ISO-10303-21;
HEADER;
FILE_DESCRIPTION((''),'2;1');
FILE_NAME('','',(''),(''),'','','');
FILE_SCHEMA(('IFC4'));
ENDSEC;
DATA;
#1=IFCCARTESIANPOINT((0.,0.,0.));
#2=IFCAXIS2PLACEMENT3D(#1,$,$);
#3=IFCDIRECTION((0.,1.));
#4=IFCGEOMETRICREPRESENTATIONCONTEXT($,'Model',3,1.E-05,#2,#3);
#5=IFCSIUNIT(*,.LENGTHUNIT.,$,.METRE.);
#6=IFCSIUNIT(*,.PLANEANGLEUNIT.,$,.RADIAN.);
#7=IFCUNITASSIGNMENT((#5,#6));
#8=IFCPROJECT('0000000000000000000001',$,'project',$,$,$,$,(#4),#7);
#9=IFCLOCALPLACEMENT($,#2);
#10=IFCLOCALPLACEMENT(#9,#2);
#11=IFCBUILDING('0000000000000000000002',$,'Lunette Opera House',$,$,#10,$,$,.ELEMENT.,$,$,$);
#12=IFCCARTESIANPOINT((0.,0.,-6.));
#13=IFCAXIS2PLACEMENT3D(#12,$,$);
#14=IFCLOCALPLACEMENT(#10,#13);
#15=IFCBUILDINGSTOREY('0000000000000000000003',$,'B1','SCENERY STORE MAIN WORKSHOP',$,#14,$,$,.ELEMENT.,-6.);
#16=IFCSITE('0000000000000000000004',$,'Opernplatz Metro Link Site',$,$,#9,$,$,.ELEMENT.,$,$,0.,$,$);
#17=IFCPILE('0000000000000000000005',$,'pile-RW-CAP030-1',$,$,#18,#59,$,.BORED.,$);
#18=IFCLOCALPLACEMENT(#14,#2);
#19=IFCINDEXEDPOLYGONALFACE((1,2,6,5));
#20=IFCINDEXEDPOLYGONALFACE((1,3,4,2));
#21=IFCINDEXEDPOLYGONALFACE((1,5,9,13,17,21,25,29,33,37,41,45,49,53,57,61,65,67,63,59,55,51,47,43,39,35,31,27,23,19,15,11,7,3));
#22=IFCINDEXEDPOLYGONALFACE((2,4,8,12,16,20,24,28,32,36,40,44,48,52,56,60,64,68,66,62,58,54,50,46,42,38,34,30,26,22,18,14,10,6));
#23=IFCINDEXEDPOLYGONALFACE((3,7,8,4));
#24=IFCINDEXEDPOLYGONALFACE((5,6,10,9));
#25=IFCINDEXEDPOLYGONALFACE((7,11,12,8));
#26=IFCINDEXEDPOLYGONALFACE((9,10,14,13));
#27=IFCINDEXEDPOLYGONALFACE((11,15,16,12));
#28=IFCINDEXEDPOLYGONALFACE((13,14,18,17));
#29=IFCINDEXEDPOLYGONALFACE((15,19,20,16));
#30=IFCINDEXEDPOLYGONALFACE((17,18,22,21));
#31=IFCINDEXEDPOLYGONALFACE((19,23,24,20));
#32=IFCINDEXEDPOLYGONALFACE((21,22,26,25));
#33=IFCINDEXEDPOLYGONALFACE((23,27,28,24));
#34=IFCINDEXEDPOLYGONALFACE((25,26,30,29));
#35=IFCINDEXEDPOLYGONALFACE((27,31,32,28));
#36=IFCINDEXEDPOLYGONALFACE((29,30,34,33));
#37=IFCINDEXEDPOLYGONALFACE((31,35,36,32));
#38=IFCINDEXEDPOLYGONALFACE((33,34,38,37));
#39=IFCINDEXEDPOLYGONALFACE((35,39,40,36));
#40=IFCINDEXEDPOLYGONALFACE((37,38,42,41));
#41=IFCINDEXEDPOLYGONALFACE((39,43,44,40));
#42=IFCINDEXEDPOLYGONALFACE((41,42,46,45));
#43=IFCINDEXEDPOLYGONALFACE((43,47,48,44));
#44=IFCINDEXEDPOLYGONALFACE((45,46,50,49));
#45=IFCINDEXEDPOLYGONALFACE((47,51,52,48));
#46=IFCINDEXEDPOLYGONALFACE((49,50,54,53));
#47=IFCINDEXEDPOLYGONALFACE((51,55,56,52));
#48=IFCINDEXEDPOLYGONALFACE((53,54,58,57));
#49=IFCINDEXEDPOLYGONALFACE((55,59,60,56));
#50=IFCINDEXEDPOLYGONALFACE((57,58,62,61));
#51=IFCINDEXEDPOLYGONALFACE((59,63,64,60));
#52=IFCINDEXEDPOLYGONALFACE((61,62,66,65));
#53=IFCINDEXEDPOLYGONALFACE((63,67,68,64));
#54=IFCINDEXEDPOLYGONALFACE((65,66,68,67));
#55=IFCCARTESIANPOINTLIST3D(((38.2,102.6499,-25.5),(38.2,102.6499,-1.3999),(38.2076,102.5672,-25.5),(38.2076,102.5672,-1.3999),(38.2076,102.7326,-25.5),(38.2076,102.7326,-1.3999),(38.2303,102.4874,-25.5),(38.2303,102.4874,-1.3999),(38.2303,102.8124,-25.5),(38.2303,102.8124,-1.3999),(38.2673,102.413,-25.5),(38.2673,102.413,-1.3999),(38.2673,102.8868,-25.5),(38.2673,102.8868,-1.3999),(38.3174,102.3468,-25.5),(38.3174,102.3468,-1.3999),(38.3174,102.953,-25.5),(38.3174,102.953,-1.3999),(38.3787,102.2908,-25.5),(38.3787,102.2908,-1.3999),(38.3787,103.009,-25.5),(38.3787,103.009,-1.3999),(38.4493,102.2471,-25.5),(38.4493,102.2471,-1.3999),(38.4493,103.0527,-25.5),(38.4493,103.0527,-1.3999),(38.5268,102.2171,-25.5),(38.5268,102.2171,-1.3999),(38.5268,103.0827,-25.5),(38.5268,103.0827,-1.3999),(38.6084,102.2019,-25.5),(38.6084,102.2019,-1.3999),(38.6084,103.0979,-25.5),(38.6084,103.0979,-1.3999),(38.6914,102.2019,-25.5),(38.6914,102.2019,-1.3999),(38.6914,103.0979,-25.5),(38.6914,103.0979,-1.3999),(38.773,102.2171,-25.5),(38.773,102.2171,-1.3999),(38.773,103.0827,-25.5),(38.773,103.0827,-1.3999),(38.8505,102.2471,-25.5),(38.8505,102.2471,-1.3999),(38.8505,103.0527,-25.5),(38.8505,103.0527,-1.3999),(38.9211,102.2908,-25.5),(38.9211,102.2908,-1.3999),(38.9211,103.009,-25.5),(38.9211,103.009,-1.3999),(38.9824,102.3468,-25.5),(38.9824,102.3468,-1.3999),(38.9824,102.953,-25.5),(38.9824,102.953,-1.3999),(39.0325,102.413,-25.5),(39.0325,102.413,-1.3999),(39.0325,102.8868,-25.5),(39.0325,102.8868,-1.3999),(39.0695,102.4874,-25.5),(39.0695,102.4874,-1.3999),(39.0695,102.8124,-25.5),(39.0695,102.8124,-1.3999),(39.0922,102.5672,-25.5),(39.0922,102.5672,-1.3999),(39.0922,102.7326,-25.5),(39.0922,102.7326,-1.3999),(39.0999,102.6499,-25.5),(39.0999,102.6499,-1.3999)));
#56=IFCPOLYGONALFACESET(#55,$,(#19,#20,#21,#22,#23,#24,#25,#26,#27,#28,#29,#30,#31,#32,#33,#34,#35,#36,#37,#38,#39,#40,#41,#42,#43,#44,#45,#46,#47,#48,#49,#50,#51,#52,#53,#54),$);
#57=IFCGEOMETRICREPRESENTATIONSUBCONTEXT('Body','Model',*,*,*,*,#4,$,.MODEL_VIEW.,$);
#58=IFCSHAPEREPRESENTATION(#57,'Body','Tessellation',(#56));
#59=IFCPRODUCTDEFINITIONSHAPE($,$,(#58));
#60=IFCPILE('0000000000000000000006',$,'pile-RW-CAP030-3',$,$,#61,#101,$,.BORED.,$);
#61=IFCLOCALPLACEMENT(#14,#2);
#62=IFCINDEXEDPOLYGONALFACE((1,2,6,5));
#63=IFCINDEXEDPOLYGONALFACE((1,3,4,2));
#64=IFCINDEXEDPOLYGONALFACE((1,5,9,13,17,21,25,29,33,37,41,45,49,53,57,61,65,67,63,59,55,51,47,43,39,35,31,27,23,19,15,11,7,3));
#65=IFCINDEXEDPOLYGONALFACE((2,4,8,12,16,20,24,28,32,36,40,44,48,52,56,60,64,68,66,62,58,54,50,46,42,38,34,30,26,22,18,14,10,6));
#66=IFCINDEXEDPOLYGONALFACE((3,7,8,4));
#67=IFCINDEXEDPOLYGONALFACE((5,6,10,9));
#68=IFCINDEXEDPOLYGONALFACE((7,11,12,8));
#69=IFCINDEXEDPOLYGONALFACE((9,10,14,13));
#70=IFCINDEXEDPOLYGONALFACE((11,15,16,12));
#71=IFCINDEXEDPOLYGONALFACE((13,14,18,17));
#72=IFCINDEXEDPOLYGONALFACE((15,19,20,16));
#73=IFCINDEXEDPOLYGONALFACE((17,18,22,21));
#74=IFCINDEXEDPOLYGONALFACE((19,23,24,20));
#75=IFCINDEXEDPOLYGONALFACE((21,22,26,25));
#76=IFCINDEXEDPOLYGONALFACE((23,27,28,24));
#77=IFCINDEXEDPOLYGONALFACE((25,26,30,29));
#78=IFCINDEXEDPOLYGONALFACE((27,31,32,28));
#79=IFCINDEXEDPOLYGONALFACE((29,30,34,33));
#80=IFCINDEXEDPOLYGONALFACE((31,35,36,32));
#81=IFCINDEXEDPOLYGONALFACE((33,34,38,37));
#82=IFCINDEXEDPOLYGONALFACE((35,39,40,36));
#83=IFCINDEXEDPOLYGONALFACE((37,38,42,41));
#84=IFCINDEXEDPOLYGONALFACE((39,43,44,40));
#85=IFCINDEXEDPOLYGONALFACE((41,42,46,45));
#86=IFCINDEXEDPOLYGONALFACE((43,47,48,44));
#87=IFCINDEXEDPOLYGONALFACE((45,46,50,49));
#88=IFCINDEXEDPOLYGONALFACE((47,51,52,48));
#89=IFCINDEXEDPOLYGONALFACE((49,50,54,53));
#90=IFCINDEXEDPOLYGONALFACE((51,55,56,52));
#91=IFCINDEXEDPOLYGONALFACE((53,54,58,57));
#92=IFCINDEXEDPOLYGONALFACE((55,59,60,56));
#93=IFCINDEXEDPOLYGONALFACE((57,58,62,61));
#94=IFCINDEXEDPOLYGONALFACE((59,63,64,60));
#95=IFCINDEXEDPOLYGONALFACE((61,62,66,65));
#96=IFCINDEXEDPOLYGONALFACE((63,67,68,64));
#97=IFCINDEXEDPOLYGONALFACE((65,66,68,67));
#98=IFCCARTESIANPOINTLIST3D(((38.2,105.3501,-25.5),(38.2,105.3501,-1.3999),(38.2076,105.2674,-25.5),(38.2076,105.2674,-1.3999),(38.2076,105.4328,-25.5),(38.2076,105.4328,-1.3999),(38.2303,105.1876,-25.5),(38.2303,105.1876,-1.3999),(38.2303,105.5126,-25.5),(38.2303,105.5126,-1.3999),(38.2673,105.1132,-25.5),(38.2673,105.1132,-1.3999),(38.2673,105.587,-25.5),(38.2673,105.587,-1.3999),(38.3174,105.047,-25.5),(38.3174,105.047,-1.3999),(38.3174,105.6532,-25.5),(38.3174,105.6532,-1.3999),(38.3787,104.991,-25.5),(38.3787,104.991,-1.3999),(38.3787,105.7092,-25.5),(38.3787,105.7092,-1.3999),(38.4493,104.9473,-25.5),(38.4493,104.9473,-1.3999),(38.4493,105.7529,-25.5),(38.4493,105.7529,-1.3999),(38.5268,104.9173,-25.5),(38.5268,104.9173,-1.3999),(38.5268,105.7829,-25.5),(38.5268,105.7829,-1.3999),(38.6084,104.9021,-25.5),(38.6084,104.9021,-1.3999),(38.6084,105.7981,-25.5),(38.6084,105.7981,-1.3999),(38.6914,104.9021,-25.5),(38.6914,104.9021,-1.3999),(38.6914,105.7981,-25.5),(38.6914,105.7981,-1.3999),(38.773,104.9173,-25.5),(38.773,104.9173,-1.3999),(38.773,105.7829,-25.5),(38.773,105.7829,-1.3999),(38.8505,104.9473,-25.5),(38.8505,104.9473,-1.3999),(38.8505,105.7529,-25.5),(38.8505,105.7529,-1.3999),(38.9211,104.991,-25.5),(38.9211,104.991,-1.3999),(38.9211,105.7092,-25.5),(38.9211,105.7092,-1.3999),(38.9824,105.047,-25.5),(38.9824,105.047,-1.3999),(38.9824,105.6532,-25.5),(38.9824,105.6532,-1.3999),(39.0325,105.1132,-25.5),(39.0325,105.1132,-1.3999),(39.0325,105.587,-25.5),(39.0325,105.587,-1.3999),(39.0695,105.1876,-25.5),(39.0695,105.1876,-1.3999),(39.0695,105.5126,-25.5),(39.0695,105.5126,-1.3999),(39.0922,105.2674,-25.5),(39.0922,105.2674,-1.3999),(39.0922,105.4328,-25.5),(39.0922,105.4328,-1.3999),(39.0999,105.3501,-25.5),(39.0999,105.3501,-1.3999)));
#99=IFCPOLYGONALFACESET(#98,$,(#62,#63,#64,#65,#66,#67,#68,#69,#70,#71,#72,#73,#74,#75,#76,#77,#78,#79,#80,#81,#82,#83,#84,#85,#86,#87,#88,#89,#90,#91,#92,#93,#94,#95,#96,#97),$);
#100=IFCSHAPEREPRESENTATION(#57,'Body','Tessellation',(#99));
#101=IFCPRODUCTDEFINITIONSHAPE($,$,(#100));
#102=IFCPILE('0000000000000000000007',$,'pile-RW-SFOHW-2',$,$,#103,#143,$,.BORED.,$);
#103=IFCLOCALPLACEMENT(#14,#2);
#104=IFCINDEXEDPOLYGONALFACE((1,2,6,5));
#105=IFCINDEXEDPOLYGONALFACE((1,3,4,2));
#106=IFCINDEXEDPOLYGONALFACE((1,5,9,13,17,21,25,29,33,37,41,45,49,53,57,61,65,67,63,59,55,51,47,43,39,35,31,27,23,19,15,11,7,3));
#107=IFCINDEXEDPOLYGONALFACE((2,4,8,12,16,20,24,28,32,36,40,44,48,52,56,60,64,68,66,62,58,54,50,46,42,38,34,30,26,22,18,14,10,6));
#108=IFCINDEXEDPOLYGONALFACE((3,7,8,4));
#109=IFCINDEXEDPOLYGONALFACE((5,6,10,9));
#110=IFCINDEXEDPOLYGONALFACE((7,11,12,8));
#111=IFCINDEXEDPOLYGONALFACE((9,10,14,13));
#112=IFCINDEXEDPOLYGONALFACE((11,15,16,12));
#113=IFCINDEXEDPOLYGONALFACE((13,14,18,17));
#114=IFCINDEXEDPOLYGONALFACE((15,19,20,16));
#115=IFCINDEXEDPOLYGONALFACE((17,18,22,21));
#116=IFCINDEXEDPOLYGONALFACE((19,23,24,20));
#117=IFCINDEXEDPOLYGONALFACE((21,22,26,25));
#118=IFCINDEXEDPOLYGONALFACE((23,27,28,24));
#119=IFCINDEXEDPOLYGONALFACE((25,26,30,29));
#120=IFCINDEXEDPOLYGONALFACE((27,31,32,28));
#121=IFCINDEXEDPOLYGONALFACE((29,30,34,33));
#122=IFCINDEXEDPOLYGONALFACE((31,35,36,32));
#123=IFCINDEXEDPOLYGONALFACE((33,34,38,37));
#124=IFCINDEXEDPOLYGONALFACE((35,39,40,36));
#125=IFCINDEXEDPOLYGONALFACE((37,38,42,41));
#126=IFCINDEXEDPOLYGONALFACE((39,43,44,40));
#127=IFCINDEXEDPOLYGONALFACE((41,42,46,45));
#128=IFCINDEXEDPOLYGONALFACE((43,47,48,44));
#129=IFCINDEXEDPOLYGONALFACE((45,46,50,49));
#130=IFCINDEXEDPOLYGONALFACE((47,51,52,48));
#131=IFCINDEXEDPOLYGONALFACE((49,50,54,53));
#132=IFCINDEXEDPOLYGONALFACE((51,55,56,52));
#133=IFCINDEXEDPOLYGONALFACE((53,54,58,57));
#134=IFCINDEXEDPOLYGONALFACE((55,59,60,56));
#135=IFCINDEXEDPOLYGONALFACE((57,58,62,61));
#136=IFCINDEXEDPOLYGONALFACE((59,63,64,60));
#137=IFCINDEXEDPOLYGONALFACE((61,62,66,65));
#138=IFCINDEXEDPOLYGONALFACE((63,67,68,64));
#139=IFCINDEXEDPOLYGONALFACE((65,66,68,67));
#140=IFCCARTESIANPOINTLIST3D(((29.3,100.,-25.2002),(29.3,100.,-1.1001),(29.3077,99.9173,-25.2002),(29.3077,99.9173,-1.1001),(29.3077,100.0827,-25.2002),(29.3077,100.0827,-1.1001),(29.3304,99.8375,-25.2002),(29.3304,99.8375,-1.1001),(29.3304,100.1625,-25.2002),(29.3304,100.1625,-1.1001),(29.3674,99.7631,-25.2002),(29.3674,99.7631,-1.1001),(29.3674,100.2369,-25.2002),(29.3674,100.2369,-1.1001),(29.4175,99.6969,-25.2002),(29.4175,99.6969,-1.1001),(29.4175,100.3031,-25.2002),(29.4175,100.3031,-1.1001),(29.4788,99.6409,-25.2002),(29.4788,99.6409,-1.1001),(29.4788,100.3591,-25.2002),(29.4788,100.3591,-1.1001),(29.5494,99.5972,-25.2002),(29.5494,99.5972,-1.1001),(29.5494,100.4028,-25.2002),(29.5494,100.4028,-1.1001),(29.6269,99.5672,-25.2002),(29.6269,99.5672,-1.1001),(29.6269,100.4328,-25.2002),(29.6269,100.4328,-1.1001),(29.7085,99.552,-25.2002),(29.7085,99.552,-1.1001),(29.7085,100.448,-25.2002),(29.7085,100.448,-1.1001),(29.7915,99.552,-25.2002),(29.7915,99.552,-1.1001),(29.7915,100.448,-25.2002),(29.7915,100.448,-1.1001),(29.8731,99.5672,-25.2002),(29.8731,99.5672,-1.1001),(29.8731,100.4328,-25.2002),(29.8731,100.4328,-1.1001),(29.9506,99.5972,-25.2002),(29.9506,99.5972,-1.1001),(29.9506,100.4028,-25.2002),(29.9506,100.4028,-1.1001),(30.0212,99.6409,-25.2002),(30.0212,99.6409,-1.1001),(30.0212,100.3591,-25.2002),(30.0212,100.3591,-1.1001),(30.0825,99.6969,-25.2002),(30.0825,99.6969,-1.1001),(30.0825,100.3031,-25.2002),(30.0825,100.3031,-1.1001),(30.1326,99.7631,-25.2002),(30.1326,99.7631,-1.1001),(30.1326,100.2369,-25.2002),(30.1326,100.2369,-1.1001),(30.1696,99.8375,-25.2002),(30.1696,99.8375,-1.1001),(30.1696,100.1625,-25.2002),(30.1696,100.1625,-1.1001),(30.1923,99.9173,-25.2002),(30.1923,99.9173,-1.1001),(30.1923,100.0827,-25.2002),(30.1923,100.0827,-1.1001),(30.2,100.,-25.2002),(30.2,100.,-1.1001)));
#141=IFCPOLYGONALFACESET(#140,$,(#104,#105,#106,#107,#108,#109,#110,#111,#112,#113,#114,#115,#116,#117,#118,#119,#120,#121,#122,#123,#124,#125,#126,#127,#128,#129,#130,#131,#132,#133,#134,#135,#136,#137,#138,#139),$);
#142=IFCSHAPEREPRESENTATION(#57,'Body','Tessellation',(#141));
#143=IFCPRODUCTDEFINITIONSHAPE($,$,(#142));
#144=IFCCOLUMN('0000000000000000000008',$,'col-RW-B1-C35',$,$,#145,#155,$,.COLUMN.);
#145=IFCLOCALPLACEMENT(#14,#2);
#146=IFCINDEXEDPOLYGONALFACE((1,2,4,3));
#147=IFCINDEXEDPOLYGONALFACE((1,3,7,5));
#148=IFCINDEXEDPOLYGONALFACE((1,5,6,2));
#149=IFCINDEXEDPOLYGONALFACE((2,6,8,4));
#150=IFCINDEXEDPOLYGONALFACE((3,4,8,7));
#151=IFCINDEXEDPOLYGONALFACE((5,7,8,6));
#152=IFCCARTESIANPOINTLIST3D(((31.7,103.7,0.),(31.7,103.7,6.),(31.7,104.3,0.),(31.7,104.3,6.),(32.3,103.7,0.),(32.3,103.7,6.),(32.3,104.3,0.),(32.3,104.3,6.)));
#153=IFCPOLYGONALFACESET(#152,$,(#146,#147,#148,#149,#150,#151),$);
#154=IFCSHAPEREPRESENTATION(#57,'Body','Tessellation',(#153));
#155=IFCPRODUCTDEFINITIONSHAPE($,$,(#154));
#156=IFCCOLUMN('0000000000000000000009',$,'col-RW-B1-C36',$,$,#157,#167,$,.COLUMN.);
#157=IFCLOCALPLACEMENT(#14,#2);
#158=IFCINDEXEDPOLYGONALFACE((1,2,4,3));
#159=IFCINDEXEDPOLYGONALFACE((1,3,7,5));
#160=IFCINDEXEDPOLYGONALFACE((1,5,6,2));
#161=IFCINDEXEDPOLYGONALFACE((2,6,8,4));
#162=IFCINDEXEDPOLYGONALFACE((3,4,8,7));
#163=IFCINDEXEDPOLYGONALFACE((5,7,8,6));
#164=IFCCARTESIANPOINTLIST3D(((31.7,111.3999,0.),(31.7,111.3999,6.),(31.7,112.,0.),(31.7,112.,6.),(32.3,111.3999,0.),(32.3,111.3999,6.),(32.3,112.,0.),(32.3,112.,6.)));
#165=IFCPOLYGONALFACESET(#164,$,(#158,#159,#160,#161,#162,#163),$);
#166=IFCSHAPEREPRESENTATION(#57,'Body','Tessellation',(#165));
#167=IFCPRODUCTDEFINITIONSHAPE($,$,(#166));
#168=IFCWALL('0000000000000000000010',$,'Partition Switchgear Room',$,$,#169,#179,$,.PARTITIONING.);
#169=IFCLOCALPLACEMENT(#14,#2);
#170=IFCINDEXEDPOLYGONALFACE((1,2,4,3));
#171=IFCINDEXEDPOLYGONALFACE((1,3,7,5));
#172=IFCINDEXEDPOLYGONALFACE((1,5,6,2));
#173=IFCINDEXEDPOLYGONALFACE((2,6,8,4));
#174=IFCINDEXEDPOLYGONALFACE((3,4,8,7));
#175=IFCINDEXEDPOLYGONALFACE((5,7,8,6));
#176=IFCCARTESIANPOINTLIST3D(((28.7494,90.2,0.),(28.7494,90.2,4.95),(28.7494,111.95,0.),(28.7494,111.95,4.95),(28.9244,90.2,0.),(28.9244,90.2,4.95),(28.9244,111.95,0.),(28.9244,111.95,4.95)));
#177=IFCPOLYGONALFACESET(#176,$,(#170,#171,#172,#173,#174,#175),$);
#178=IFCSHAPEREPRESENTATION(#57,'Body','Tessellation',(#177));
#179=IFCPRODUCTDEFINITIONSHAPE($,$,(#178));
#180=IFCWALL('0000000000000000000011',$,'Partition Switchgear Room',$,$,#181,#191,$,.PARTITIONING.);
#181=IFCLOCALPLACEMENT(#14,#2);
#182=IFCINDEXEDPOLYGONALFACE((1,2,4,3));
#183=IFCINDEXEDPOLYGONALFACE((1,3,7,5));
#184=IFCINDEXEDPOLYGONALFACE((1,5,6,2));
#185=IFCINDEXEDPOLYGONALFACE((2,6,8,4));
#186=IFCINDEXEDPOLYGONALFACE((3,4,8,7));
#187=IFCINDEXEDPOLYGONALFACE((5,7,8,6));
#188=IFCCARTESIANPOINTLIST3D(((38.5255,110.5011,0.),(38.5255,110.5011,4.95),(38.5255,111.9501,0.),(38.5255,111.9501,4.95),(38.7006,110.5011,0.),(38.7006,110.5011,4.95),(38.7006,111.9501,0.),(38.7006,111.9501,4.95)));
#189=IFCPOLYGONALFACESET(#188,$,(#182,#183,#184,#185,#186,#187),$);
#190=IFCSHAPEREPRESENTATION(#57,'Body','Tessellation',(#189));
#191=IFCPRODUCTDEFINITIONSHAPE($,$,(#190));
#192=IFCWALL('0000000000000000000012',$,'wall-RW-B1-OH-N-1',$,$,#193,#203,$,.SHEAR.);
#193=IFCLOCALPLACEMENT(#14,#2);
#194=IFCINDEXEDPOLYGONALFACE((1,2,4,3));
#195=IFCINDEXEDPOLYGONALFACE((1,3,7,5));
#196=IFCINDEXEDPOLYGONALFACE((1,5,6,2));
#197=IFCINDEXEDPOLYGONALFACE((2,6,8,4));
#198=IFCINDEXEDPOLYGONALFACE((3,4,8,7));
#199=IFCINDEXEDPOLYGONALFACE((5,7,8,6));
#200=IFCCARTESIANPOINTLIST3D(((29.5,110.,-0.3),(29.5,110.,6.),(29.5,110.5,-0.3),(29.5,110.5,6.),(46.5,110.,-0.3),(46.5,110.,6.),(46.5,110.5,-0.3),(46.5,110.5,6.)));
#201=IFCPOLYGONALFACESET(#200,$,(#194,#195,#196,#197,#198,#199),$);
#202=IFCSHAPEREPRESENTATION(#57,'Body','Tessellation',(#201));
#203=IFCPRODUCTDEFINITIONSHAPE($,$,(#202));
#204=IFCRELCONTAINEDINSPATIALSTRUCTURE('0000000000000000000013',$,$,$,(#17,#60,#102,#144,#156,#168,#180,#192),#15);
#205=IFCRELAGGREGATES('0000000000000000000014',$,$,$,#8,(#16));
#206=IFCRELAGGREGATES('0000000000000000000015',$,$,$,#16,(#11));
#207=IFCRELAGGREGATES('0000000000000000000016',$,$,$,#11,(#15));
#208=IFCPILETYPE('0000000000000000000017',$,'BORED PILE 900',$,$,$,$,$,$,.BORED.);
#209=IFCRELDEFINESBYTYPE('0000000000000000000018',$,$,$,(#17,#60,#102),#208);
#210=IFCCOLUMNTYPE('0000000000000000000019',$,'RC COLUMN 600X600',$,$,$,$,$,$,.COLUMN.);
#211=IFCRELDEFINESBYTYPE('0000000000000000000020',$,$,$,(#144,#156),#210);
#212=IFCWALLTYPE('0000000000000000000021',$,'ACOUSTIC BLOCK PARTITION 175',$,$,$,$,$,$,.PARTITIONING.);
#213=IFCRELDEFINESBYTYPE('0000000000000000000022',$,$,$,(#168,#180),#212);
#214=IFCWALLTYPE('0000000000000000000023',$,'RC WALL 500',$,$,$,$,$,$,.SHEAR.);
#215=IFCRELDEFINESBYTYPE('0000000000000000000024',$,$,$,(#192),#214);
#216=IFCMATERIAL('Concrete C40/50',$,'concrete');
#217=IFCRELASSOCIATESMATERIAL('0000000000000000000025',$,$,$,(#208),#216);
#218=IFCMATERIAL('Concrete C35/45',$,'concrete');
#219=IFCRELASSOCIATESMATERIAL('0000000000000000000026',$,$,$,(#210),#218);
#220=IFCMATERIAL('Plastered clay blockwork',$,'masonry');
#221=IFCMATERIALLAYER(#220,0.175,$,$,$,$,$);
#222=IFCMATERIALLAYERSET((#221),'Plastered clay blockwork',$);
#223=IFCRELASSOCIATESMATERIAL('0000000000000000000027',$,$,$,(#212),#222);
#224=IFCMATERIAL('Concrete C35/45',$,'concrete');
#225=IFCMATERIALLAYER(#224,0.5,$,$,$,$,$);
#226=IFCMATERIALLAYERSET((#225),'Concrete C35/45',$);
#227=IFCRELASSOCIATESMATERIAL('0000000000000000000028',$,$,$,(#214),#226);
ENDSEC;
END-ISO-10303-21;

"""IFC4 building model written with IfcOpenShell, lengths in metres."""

from ifc_helpers import new_model, si_unit, direction, frame, frame_2d, origin, origin_2d, place, context, subcontext, project, spatial, rectangle, circle, extrude, material, layer, layer_set, material_profile, profile_set, type_object, element, save


model = new_model("IFC4")

# Units and contexts
model_context = context("Model", 3, precision=1e-05, world=origin(), true_north=direction((0.0, 1.0)))
body_context = subcontext(model_context, "Body", "Model", "MODEL_VIEW")
ifc_project = project(units=[si_unit("LENGTHUNIT", "METRE"), si_unit("PLANEANGLEUNIT", "RADIAN")], contexts=[model_context])

# Site, building, storey
site_placement = place(None, origin())
site = spatial("IfcSite", under=ifc_project, at=site_placement, Name="Opernplatz Metro Link Site", CompositionType="ELEMENT", RefElevation=0.0)
building_placement = place(site_placement, origin())
building = spatial("IfcBuilding", under=site, at=building_placement, Name="Lunette Opera House", CompositionType="ELEMENT")
storey_placement = place(building_placement, frame((0.0, 0.0, -6.0)))
storey = spatial("IfcBuildingStorey", under=building, at=storey_placement, Name="B1", Description="SCENERY STORE MAIN WORKSHOP", CompositionType="ELEMENT", Elevation=-6.0)

# Piles
ifc_material_1 = material(Name="Concrete C40/50", Category="concrete")
ifc_material_profile_1 = material_profile(ifc_material_1, circle(Radius=0.45, at=origin_2d()), Name="BORED PILE 900")
ifc_profile_set_1 = profile_set([ifc_material_profile_1], Name="Concrete C40/50")
pile_type = type_object("IfcPileType", Name="BORED PILE 900", PredefinedType="BORED", material=ifc_profile_set_1)
for number, where, z_axis, x_axis, name in (
    (1, (38.6499, 102.6499, -1.3999), (0.0, 0.0, -1.0), (1.0, 0.0, 0.0), "pile-RW-CAP030-1"),
    (2, (38.6499, 105.3501, -1.3999), (0.0, 0.0, -1.0), (1.0, 0.0, 0.0), "pile-RW-CAP030-3"),
    (3, (29.75, 100.0, -1.1001), (0.0, 0.0, -1.0), (1.0, 0.0, 0.0), "pile-RW-SFOHW-2"),
):
    element("IfcPile", number, at=place(storey_placement, frame(where, z_axis=z_axis, x_axis=x_axis)), inside=storey, type_object=pile_type, Name=name, PredefinedType="BORED", context=body_context, shape_type="SweptSolid", body=[
        extrude(circle(Radius=0.45, at=origin_2d()), origin(), (0.0, 0.0, 1.0), 24.1001),
    ])

# Columns
ifc_material_2 = material(Name="Concrete C35/45", Category="concrete")
ifc_material_profile_2 = material_profile(ifc_material_2, rectangle(XDim=0.6001, YDim=0.6001, at=origin_2d()), Name="RC COLUMN 600X600")
ifc_profile_set_2 = profile_set([ifc_material_profile_2], Name="Concrete C35/45")
column_type = type_object("IfcColumnType", Name="RC COLUMN 600X600", PredefinedType="COLUMN", material=ifc_profile_set_2)
for number, where, z_axis, x_axis, name in (
    (4, (32.0, 104.0, 0.0), (0.0, 0.0, 1.0), (1.0, 0.0, 0.0), "col-RW-B1-C35"),
    (5, (32.0, 111.7, 0.0), (0.0, 0.0, 1.0), (1.0, 0.0, 0.0), "col-RW-B1-C36"),
):
    element("IfcColumn", number, at=place(storey_placement, frame(where, z_axis=z_axis, x_axis=x_axis)), inside=storey, type_object=column_type, Name=name, PredefinedType="COLUMN", context=body_context, shape_type="SweptSolid", body=[
        extrude(rectangle(XDim=0.6001, YDim=0.6001, at=origin_2d()), origin(), (0.0, 0.0, 1.0), 6.0),
    ])

# Walls
ifc_material_3 = material(Name="Plastered clay blockwork", Category="masonry")
ifc_layer_1 = layer(ifc_material_3, 0.175)
ifc_layer_set_1 = layer_set([ifc_layer_1], Name="Plastered clay blockwork")
wall_type_1 = type_object("IfcWallType", Name="ACOUSTIC BLOCK PARTITION 175", PredefinedType="PARTITIONING", material=ifc_layer_set_1)
wall_1_placement = place(storey_placement, frame((28.8369, 111.95, 0.0), z_axis=(0.0, 0.0, 1.0), x_axis=(0.0, -1.0, 0.0)))
element("IfcWall", 6, at=wall_1_placement, inside=storey, type_object=wall_type_1, Name="Partition Switchgear Room", PredefinedType="PARTITIONING", context=body_context, shape_type="SweptSolid", body=[
    extrude(rectangle(XDim=21.75, YDim=0.175, at=frame_2d((10.875, 0.0))), origin(), (0.0, 0.0, 1.0), 4.95),
])
wall_2_placement = place(storey_placement, frame((38.613, 110.501, 0.0), z_axis=(0.0, 0.0, 1.0), x_axis=(0.0, 1.0, 0.0)))
element("IfcWall", 7, at=wall_2_placement, inside=storey, type_object=wall_type_1, Name="Partition Switchgear Room", PredefinedType="PARTITIONING", context=body_context, shape_type="SweptSolid", body=[
    extrude(rectangle(XDim=1.449, YDim=0.175, at=frame_2d((0.7246, 0.0))), origin(), (0.0, 0.0, 1.0), 4.95),
])
ifc_material_4 = material(Name="Concrete C35/45", Category="concrete")
ifc_layer_2 = layer(ifc_material_4, 0.5)
ifc_layer_set_2 = layer_set([ifc_layer_2], Name="Concrete C35/45")
wall_type_2 = type_object("IfcWallType", Name="RC WALL 500", PredefinedType="SHEAR", material=ifc_layer_set_2)
wall_3_placement = place(storey_placement, frame((29.5, 110.25, -0.3), z_axis=(0.0, 0.0, 1.0), x_axis=(1.0, 0.0, 0.0)))
element("IfcWall", 8, at=wall_3_placement, inside=storey, type_object=wall_type_2, Name="wall-RW-B1-OH-N-1", PredefinedType="SHEAR", context=body_context, shape_type="SweptSolid", body=[
    extrude(rectangle(XDim=17.0, YDim=0.5, at=frame_2d((8.5, 0.0))), origin(), (0.0, 0.0, 1.0), 6.3),
])

save(model, "model.ifc")
